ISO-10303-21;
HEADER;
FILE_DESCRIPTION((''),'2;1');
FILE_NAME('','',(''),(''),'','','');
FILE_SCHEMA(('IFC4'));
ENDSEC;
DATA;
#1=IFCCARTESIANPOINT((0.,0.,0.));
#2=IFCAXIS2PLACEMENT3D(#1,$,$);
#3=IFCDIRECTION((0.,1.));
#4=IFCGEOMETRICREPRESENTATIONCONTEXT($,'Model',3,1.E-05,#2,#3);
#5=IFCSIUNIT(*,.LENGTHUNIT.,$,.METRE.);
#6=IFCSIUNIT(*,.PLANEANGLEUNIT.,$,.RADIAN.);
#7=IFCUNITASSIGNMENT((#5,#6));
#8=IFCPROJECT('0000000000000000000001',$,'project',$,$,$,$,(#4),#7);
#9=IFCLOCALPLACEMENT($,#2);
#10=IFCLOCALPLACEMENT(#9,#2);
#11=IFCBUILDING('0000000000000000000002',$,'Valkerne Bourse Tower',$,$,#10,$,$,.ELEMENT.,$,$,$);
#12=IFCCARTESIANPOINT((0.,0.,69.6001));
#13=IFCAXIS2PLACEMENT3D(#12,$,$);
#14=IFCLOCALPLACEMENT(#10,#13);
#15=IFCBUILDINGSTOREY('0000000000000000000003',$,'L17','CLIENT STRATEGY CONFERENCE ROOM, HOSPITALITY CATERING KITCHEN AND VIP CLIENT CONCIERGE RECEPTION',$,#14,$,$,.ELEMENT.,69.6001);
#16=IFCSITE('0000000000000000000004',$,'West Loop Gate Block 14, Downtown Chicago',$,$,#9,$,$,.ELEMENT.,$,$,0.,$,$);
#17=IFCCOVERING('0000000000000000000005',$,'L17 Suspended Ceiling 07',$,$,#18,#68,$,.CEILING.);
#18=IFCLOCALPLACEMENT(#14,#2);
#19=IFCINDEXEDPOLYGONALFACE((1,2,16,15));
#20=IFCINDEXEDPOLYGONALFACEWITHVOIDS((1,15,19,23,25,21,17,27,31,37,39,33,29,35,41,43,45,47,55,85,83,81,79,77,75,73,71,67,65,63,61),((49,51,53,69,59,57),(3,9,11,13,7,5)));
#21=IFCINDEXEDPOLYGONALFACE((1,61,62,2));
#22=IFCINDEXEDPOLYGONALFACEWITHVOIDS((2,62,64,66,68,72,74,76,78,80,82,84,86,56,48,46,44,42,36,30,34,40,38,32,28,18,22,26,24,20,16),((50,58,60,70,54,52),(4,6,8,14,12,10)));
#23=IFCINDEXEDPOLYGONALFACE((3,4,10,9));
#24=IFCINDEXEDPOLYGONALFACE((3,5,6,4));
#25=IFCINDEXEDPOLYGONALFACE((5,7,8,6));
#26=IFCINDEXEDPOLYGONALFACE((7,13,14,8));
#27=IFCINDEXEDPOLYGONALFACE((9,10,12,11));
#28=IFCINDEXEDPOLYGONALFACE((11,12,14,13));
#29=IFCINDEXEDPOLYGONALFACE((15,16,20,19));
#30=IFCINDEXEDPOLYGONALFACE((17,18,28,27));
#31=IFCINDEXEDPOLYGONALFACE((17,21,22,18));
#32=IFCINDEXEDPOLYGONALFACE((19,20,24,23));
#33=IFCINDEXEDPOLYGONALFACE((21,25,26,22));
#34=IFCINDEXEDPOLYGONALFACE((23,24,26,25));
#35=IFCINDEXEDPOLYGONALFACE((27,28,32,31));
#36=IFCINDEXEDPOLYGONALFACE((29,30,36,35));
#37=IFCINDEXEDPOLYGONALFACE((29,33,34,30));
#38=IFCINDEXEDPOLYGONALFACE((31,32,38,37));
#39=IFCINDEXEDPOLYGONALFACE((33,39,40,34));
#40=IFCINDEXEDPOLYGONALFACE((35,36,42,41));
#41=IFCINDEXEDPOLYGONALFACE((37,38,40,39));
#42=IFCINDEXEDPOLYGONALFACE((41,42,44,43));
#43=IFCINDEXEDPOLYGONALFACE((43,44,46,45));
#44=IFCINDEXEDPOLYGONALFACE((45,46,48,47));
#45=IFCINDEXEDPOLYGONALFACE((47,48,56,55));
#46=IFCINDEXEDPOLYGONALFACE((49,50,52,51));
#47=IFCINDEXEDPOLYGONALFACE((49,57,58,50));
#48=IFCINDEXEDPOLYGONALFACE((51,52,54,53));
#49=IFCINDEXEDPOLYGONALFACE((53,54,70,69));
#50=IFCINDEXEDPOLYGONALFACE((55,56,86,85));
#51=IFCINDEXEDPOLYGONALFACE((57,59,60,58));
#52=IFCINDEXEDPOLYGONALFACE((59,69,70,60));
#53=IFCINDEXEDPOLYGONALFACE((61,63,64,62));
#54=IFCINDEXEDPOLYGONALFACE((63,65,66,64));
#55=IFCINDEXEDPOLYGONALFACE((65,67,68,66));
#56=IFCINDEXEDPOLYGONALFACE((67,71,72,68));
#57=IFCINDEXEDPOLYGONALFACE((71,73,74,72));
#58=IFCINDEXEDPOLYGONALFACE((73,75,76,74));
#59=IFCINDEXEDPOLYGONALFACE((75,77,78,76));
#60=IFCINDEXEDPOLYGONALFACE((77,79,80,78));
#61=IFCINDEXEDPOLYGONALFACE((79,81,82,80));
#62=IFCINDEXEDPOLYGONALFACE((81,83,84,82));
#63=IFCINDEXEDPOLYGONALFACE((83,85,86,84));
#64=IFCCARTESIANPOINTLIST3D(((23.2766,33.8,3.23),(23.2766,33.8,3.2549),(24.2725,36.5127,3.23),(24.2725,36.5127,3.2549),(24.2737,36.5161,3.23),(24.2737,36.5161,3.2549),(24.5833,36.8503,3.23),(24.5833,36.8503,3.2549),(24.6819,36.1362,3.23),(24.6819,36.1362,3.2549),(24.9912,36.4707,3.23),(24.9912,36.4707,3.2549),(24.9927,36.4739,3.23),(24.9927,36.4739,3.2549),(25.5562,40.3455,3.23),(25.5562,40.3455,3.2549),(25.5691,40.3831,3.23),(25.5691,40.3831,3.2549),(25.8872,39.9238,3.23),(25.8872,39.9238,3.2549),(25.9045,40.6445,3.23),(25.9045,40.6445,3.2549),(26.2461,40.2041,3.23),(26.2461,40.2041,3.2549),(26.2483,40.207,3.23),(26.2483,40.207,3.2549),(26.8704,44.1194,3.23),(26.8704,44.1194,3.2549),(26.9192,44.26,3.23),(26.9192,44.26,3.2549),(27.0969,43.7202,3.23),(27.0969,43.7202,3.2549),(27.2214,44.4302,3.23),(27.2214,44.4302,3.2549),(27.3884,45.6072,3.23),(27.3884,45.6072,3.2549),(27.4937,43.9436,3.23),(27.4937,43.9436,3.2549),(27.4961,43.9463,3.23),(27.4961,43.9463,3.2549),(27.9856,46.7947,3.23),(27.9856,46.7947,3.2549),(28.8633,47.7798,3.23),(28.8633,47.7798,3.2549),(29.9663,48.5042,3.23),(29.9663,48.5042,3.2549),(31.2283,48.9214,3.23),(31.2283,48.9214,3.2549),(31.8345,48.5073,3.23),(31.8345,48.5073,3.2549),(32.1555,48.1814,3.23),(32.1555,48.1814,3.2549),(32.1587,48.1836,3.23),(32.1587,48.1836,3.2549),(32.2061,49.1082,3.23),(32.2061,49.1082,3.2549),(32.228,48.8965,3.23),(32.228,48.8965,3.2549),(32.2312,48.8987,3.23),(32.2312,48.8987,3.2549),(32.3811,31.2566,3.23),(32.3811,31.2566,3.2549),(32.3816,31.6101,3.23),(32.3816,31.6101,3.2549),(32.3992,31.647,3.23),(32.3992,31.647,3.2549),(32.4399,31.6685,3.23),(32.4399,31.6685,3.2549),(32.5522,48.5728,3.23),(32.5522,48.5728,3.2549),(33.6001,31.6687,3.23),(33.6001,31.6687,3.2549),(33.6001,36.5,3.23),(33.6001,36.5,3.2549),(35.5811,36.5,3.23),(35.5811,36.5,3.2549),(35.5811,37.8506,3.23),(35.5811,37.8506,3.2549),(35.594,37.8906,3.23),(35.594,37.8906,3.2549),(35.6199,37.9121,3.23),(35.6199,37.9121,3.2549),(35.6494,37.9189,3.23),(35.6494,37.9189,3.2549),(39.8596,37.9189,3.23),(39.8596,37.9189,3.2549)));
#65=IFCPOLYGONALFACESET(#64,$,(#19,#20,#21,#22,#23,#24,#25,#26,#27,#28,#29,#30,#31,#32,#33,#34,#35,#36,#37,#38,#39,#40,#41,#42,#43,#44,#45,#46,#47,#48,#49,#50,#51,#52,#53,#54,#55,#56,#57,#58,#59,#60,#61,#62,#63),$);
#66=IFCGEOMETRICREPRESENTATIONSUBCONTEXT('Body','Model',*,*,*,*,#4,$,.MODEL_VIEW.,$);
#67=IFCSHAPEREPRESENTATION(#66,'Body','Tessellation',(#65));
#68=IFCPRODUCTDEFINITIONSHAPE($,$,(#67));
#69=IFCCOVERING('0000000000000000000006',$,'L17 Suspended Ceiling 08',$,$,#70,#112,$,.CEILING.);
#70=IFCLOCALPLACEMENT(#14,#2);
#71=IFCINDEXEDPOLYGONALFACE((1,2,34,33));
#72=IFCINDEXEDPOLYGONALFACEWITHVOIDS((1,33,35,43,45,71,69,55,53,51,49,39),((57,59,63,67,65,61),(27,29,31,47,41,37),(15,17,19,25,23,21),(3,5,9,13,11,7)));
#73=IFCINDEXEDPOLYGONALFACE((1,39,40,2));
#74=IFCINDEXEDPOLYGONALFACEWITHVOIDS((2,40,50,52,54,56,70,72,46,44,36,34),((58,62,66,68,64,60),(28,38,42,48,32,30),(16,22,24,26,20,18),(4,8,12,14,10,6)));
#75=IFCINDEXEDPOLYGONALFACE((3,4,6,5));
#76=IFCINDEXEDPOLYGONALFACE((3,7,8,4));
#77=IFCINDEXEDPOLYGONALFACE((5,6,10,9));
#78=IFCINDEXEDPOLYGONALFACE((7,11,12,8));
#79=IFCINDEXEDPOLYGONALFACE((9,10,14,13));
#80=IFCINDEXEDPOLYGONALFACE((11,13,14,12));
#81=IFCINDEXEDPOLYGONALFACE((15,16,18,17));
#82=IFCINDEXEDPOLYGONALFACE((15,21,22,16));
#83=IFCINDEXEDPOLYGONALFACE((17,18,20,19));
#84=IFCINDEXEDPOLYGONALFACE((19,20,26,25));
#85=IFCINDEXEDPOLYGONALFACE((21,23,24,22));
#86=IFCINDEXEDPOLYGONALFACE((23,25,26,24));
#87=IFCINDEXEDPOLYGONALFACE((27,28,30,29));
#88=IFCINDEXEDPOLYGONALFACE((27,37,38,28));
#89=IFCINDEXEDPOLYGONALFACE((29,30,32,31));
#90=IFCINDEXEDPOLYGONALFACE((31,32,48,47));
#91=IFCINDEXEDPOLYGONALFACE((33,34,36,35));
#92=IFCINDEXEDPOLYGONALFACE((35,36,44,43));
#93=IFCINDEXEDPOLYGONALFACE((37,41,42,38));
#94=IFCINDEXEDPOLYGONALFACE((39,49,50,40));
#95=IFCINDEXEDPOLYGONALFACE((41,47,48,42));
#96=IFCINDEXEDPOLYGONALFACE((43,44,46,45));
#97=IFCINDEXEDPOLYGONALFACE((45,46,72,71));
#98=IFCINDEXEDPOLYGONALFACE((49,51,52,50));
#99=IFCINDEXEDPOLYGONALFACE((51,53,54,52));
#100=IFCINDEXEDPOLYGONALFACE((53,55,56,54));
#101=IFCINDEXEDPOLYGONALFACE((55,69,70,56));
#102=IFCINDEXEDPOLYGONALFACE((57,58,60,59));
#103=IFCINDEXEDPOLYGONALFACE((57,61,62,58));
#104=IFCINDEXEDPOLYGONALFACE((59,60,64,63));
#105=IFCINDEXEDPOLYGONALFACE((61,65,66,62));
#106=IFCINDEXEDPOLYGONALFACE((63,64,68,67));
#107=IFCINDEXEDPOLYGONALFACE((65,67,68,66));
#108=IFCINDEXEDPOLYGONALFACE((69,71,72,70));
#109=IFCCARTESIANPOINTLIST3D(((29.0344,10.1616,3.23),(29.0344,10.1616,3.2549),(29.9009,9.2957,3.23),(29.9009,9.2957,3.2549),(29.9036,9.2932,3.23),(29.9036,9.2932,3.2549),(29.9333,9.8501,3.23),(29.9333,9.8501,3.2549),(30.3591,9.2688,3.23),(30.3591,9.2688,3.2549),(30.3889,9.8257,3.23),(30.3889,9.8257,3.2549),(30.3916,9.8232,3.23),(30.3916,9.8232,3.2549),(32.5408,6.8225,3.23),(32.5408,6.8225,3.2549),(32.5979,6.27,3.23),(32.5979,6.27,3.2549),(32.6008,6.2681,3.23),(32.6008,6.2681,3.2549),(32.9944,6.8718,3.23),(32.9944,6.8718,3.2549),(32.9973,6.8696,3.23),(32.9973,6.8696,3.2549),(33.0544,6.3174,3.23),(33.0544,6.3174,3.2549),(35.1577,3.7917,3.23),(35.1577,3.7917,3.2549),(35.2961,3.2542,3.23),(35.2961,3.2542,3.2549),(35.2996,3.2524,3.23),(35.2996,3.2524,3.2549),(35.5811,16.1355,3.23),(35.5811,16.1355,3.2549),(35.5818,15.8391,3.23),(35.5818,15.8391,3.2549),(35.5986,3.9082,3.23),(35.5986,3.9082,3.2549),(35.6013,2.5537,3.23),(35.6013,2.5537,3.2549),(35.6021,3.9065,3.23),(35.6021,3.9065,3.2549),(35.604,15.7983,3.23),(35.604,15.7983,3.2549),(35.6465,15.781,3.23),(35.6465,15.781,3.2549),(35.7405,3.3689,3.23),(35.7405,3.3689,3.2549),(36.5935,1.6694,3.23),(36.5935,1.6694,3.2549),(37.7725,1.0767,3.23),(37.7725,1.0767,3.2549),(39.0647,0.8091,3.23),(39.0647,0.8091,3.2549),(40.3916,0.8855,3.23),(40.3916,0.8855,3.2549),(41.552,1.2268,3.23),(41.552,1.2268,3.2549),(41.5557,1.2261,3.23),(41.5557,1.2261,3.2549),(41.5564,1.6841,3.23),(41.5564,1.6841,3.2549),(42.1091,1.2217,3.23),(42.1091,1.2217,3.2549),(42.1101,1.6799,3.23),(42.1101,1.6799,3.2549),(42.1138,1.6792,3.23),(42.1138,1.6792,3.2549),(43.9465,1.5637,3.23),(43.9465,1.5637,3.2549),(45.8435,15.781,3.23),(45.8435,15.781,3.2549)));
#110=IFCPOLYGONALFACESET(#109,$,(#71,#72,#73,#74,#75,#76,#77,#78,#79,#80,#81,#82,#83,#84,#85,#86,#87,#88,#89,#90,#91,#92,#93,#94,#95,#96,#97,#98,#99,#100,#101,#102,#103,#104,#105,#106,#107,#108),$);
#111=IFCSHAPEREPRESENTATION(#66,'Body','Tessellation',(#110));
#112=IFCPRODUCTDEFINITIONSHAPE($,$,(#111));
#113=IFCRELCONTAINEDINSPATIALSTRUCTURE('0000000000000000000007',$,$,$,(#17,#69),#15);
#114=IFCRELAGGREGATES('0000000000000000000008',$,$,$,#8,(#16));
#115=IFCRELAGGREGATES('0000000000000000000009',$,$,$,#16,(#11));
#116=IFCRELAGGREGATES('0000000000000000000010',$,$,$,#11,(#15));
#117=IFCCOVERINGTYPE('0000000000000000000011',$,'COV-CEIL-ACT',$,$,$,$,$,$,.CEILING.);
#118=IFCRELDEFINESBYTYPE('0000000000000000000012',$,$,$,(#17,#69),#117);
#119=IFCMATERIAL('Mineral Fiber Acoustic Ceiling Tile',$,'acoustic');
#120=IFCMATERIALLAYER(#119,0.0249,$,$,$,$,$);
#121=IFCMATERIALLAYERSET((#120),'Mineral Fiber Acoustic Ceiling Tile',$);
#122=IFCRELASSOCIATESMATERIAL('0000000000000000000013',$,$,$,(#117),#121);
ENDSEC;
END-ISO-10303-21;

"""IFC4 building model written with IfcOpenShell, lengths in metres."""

from ifc_helpers import new_model, si_unit, direction, frame, origin, place, context, subcontext, project, spatial, polyline, outline, extrude, material, layer, layer_set, type_object, element, save


model = new_model("IFC4")

# Units and contexts
model_context = context("Model", 3, precision=1e-05, world=origin(), true_north=direction((0.0, 1.0)))
body_context = subcontext(model_context, "Body", "Model", "MODEL_VIEW")
ifc_project = project(units=[si_unit("LENGTHUNIT", "METRE"), si_unit("PLANEANGLEUNIT", "RADIAN")], contexts=[model_context])

# Site, building, storey
site_placement = place(None, origin())
site = spatial("IfcSite", under=ifc_project, at=site_placement, Name="West Loop Gate Block 14, Downtown Chicago", CompositionType="ELEMENT", RefElevation=0.0)
building_placement = place(site_placement, origin())
building = spatial("IfcBuilding", under=site, at=building_placement, Name="Valkerne Bourse Tower", CompositionType="ELEMENT")
storey_placement = place(building_placement, frame((0.0, 0.0, 69.6001)))
storey = spatial("IfcBuildingStorey", under=building, at=storey_placement, Name="L17", Description="CLIENT STRATEGY CONFERENCE ROOM, HOSPITALITY CATERING KITCHEN AND VIP CLIENT CONCIERGE RECEPTION", CompositionType="ELEMENT", Elevation=69.6001)

# Coverings
ifc_material_1 = material(Name="Mineral Fiber Acoustic Ceiling Tile", Category="acoustic")
ifc_layer_1 = layer(ifc_material_1, 0.0249)
ifc_layer_set_1 = layer_set([ifc_layer_1], Name="Mineral Fiber Acoustic Ceiling Tile")
covering_type_1 = type_object("IfcCoveringType", Name="COV-CEIL-ACT", PredefinedType="CEILING", material=ifc_layer_set_1)
covering_1_placement = place(storey_placement, frame((0.0, 0.0, 3.23)))
element("IfcCovering", 1, at=covering_1_placement, inside=storey, type_object=covering_type_1, Name="L17 Suspended Ceiling 07", PredefinedType="CEILING", context=body_context, shape_type="SweptSolid", body=[
    extrude(outline(polyline([(28.8633, 47.7798), (29.9663, 48.5042), (31.2283, 48.9214), (32.2061, 49.1082), (39.8596, 37.9189), (35.6494, 37.9189), (35.6199, 37.9121), (35.594, 37.8906), (35.5811, 37.8506), (35.5811, 36.5), (33.6001, 36.5), (33.6001, 31.6687), (32.4399, 31.6685), (32.3992, 31.647), (32.3816, 31.6101), (32.3811, 31.2566), (23.2766, 33.8), (25.5562, 40.3455), (25.8872, 39.9238), (26.2461, 40.2041), (26.2483, 40.207), (25.9045, 40.6445), (25.5691, 40.3831), (26.8704, 44.1194), (27.0969, 43.7202), (27.4937, 43.9436), (27.4961, 43.9463), (27.2214, 44.4302), (26.9192, 44.26), (27.3884, 45.6072), (27.9856, 46.7947), (28.8633, 47.7798)]), holes=[polyline([(24.9912, 36.4707), (24.9927, 36.4739), (24.5833, 36.8503), (24.2737, 36.5161), (24.2725, 36.5127), (24.6819, 36.1362), (24.9912, 36.4707)]), polyline([(32.1587, 48.1836), (32.5522, 48.5728), (32.2312, 48.8987), (32.228, 48.8965), (31.8345, 48.5073), (32.1555, 48.1814), (32.1587, 48.1836)])]), origin(), (0.0, 0.0, 1.0), 0.0249),
])
covering_2_placement = place(storey_placement, frame((0.0, 0.0, 3.23)))
element("IfcCovering", 2, at=covering_2_placement, inside=storey, type_object=covering_type_1, Name="L17 Suspended Ceiling 08", PredefinedType="CEILING", context=body_context, shape_type="SweptSolid", body=[
    extrude(outline(polyline([(37.7725, 1.0767), (36.5935, 1.6694), (35.6013, 2.5537), (29.0344, 10.1616), (35.5811, 16.1355), (35.5818, 15.8391), (35.604, 15.7983), (35.6465, 15.781), (45.8435, 15.781), (43.9465, 1.5637), (40.3916, 0.8855), (39.0647, 0.8091), (37.7725, 1.0767)]), holes=[polyline([(35.6021, 3.9065), (35.5986, 3.9082), (35.1577, 3.7917), (35.2961, 3.2542), (35.2996, 3.2524), (35.7405, 3.3689), (35.6021, 3.9065)]), polyline([(32.9973, 6.8696), (32.9944, 6.8718), (32.5408, 6.8225), (32.5979, 6.27), (32.6008, 6.2681), (33.0544, 6.3174), (32.9973, 6.8696)]), polyline([(30.3916, 9.8232), (30.3889, 9.8257), (29.9333, 9.8501), (29.9009, 9.2957), (29.9036, 9.2932), (30.3591, 9.2688), (30.3916, 9.8232)]), polyline([(42.1138, 1.6792), (42.1101, 1.6799), (41.5564, 1.6841), (41.552, 1.2268), (41.5557, 1.2261), (42.1091, 1.2217), (42.1138, 1.6792)])]), origin(), (0.0, 0.0, 1.0), 0.0249),
])

save(model, "model.ifc")
